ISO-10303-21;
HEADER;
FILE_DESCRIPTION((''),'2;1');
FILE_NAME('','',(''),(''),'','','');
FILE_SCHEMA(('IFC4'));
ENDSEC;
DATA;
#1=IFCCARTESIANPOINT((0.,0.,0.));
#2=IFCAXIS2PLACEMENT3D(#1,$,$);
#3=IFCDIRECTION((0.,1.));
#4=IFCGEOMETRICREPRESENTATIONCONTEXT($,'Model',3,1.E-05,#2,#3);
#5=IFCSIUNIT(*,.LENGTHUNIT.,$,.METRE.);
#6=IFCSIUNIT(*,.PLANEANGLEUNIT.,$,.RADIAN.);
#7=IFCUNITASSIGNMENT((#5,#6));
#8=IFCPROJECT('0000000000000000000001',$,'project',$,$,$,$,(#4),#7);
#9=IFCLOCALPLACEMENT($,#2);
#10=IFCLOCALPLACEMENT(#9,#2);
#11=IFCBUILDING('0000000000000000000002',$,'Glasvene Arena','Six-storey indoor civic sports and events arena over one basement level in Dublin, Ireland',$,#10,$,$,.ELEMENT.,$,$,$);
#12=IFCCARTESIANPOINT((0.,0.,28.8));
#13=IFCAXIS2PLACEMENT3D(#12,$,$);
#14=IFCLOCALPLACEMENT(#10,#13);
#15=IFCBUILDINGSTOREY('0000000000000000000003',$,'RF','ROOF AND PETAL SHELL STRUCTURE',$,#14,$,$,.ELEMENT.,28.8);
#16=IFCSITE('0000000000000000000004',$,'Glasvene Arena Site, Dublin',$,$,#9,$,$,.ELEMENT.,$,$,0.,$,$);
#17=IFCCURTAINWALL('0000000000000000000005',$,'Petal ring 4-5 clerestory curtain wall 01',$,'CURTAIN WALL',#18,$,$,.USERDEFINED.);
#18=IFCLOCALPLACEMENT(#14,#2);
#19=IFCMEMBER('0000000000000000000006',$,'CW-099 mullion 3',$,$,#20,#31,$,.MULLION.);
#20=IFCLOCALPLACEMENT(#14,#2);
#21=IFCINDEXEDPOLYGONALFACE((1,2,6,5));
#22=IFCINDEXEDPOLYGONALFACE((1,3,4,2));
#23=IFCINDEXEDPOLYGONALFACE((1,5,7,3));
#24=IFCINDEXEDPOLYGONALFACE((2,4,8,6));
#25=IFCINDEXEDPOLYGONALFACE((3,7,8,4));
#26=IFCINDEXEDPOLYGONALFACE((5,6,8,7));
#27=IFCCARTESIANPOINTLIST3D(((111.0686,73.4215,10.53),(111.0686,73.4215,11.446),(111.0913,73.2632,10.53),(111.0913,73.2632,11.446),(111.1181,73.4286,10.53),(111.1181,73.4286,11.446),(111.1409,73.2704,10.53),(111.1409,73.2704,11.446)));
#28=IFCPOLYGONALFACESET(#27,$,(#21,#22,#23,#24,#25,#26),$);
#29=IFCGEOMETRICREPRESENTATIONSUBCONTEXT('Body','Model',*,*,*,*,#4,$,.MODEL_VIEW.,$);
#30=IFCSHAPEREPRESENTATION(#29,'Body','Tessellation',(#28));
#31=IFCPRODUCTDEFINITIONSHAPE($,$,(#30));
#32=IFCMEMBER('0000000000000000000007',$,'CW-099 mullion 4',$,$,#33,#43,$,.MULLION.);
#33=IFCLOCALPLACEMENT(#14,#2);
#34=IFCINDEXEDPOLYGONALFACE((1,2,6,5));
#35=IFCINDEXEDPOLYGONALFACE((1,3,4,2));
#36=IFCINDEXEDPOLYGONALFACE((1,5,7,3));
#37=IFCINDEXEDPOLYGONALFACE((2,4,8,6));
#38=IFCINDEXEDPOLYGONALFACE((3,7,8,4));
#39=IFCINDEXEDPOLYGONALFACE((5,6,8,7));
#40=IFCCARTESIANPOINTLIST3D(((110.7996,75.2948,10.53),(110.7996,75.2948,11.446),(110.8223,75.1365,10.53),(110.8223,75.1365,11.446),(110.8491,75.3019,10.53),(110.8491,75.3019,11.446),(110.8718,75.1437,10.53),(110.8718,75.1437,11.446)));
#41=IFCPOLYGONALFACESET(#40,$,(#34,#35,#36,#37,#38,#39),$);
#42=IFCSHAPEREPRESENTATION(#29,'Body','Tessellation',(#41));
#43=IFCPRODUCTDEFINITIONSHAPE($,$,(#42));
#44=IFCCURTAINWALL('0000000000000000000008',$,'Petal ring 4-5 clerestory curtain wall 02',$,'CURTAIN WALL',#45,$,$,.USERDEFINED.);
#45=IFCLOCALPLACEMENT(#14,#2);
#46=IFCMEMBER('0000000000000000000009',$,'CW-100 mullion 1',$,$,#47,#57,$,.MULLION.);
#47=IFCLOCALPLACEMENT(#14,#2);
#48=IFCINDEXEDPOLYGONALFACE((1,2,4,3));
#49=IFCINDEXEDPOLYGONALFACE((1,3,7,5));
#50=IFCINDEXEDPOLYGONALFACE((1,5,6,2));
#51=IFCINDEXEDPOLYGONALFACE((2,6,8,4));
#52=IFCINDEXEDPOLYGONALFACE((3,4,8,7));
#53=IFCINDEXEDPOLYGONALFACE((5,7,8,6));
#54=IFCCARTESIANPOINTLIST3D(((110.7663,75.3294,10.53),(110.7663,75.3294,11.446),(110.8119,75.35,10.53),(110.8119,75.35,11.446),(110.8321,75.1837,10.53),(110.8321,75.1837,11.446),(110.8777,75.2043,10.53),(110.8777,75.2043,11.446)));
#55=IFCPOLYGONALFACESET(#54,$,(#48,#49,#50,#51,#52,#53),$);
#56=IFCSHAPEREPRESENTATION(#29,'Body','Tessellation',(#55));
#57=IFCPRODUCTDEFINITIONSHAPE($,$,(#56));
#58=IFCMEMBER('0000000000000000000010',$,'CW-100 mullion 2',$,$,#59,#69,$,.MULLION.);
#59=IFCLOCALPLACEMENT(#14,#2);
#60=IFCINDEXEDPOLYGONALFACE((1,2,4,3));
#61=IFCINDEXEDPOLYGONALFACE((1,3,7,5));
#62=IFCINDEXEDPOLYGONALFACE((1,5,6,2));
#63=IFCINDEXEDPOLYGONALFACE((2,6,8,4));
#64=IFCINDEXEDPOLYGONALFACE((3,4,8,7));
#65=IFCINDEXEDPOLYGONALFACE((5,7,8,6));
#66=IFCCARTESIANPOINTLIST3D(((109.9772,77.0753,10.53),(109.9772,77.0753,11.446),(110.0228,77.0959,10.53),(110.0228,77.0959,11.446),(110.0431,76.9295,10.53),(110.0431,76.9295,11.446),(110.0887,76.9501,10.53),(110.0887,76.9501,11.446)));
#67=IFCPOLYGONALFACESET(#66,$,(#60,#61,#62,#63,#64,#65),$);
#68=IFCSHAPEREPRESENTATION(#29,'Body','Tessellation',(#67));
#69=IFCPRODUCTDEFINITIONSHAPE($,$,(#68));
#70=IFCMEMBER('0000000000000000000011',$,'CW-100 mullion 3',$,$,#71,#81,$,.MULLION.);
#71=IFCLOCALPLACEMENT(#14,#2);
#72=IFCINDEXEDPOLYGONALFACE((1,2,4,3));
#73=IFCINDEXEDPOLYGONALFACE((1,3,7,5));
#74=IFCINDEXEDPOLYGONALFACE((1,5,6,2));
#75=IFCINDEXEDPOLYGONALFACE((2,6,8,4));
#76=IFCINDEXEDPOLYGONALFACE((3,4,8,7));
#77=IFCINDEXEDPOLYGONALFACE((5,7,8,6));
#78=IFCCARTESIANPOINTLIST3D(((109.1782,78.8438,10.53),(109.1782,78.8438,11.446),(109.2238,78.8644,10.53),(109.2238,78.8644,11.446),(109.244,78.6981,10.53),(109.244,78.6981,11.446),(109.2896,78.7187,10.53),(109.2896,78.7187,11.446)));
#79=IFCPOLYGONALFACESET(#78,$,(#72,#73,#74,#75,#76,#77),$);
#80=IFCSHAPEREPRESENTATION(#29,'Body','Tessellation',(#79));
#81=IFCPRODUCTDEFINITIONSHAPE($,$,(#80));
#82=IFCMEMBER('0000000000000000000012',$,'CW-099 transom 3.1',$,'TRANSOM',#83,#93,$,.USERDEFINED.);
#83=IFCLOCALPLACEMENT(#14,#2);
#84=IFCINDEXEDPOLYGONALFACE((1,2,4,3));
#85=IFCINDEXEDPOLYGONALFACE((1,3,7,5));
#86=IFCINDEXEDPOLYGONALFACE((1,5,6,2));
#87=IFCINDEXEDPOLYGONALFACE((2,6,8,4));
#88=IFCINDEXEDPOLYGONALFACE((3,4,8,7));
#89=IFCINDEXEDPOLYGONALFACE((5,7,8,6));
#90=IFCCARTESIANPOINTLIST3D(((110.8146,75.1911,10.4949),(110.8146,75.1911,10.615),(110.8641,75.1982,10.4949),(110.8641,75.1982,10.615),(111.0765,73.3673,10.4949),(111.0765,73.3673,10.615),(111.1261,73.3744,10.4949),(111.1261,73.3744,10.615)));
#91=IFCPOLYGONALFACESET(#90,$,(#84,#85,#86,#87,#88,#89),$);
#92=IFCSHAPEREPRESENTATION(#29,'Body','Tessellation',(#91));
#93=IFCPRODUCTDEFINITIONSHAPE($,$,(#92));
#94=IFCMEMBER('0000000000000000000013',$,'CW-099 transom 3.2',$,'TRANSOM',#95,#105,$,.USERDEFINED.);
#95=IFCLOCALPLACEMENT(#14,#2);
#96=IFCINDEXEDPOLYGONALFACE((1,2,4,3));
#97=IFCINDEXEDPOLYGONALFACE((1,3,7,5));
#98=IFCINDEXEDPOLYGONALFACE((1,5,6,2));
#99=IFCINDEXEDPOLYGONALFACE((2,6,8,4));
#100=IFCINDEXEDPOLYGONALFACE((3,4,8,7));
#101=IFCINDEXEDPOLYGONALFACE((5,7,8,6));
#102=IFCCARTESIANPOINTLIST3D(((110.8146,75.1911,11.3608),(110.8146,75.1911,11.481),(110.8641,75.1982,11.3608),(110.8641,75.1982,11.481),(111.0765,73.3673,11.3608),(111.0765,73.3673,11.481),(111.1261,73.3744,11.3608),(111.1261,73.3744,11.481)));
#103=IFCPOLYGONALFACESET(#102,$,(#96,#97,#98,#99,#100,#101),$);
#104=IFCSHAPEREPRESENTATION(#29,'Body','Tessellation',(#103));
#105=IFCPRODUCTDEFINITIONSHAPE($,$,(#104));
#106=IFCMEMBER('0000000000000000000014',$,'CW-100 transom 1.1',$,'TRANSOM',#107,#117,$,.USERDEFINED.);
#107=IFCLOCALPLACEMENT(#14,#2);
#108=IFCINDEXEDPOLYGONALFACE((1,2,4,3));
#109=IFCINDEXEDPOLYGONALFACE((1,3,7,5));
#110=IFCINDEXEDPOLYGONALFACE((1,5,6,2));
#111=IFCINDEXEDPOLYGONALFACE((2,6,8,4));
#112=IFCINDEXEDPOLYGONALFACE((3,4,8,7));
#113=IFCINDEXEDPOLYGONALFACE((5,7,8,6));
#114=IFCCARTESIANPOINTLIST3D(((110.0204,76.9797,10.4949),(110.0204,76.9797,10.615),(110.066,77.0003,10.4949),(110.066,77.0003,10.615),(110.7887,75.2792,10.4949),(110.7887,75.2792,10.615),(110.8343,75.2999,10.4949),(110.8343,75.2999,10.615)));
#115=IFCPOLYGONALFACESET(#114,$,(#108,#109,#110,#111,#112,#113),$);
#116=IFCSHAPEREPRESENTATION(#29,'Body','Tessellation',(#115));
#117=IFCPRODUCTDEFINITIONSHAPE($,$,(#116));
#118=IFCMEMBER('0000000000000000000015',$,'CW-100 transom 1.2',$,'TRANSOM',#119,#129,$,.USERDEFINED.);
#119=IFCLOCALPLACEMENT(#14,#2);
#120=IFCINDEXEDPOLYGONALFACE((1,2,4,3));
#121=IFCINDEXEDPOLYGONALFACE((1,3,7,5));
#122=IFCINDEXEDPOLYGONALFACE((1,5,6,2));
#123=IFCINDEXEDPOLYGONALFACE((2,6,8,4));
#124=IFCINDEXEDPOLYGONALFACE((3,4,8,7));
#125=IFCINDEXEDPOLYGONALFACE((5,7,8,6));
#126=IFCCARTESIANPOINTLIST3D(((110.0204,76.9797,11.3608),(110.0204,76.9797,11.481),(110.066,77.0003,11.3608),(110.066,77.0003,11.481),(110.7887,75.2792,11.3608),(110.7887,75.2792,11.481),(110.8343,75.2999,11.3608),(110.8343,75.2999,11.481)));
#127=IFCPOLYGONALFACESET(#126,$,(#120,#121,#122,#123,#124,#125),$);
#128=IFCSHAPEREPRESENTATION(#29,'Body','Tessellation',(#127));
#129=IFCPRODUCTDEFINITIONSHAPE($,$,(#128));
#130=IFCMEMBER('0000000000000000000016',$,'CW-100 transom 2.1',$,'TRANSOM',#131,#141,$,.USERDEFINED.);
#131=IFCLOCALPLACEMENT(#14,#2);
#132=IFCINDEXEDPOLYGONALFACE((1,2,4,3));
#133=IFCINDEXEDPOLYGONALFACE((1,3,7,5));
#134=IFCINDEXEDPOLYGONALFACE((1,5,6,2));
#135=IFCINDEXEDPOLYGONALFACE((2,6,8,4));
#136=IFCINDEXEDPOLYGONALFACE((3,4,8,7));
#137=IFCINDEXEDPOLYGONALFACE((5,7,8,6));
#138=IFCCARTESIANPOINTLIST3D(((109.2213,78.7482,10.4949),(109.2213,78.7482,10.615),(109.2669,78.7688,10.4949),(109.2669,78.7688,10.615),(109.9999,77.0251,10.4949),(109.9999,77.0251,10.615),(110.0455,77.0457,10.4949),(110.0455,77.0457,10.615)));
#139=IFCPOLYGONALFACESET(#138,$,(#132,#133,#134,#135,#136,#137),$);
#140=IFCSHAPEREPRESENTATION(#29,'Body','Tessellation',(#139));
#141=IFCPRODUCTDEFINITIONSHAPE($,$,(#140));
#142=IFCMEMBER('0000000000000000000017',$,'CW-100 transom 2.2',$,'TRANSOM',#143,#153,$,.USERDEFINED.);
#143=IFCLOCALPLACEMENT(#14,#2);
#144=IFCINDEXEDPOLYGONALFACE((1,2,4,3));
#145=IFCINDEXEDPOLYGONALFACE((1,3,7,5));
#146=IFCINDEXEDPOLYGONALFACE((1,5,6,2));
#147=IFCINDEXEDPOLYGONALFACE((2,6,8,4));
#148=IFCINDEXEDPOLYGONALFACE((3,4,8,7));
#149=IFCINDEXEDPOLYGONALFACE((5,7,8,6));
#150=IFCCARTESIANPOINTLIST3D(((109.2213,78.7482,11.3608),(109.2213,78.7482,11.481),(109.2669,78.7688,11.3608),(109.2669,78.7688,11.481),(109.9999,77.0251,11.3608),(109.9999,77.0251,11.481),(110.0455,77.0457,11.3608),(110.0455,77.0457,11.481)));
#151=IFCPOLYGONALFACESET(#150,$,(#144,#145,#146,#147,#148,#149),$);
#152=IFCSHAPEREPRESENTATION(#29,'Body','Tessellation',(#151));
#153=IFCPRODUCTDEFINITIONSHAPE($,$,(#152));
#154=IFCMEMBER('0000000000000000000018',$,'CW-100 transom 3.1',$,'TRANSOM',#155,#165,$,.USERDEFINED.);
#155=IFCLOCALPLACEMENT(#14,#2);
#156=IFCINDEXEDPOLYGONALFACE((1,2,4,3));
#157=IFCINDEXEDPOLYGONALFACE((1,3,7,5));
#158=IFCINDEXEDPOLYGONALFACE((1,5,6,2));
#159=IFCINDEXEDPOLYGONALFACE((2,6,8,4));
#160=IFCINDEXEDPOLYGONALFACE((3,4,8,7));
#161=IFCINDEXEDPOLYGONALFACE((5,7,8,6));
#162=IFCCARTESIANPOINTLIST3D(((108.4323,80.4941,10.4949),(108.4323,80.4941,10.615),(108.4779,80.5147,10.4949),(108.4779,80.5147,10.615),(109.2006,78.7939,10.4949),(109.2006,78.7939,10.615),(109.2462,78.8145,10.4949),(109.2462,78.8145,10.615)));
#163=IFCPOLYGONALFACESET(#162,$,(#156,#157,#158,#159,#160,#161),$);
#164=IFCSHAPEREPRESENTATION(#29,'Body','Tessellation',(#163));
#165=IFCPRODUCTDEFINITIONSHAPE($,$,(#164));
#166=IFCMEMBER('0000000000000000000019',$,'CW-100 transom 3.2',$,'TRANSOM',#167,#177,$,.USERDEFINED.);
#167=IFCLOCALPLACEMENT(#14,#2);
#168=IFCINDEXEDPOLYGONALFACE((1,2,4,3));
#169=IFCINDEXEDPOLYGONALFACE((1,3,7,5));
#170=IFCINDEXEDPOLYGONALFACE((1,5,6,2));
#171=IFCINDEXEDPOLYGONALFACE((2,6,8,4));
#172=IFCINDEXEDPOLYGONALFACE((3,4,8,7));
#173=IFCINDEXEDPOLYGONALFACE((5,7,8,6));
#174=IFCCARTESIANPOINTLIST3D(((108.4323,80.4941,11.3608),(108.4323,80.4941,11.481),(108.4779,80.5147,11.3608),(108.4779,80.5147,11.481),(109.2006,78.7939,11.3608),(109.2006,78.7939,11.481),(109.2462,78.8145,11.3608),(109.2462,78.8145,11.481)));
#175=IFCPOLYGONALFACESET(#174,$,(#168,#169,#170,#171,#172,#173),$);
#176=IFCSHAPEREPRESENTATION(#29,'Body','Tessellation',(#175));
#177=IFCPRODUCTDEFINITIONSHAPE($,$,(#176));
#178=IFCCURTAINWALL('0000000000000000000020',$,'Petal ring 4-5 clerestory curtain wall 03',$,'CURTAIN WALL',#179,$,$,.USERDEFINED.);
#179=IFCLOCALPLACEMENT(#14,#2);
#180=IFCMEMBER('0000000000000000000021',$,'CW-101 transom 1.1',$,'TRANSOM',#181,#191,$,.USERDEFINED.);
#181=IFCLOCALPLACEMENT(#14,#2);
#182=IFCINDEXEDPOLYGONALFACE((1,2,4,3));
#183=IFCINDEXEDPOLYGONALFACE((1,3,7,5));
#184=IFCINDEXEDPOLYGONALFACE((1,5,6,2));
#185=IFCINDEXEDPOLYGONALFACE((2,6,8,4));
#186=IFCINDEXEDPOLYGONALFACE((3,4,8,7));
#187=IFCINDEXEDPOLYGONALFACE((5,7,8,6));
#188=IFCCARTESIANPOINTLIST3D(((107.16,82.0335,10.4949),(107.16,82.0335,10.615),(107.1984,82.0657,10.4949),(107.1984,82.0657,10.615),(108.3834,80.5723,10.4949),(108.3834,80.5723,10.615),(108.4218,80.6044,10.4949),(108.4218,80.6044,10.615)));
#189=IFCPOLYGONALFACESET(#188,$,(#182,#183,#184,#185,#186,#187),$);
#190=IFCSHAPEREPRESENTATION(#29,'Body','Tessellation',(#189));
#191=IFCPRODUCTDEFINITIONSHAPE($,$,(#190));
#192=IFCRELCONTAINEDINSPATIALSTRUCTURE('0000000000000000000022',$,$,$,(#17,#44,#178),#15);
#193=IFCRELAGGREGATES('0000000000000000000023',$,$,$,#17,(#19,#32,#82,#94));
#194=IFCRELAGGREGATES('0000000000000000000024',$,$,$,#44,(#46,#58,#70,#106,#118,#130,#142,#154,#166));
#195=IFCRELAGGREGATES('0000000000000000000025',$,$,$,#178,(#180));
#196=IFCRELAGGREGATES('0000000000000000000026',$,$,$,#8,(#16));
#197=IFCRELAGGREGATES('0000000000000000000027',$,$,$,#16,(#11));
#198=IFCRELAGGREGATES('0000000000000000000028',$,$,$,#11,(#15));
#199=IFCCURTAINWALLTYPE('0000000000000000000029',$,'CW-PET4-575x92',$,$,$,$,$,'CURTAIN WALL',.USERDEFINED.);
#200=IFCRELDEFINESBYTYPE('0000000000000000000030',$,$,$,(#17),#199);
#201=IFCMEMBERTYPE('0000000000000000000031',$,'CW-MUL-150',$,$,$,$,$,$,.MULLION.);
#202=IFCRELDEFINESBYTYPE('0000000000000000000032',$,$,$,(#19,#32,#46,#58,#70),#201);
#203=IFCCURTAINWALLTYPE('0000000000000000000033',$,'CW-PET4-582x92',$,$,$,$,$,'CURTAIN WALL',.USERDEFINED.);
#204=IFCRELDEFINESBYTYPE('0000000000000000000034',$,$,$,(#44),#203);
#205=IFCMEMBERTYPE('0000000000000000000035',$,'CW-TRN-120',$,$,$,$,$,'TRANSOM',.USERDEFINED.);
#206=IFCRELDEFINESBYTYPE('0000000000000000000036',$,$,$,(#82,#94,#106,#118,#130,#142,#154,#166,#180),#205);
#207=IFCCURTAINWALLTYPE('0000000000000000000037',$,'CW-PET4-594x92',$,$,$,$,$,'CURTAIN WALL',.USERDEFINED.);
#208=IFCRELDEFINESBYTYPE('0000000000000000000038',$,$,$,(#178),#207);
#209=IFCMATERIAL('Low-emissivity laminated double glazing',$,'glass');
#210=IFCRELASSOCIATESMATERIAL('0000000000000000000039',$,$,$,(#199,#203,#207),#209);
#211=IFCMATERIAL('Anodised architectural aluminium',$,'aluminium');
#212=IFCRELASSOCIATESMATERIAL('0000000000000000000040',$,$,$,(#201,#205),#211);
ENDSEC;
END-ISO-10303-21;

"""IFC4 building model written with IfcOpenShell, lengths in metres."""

from ifc_helpers import new_model, si_unit, direction, frame, origin, origin_2d, place, context, subcontext, project, spatial, rectangle, extrude, material, material_profile, profile_set, type_object, element, aggregate, save


model = new_model("IFC4")

# Units and contexts
model_context = context("Model", 3, precision=1e-05, world=origin(), true_north=direction((0.0, 1.0)))
body_context = subcontext(model_context, "Body", "Model", "MODEL_VIEW")
ifc_project = project(units=[si_unit("LENGTHUNIT", "METRE"), si_unit("PLANEANGLEUNIT", "RADIAN")], contexts=[model_context])

# Site, building, storey
site_placement = place(None, origin())
site = spatial("IfcSite", under=ifc_project, at=site_placement, Name="Glasvene Arena Site, Dublin", CompositionType="ELEMENT", RefElevation=0.0)
building_placement = place(site_placement, origin())
building = spatial("IfcBuilding", under=site, at=building_placement, Name="Glasvene Arena", Description="Six-storey indoor civic sports and events arena over one basement level in Dublin, Ireland", CompositionType="ELEMENT")
storey_placement = place(building_placement, frame((0.0, 0.0, 28.8)))
storey = spatial("IfcBuildingStorey", under=building, at=storey_placement, Name="RF", Description="ROOF AND PETAL SHELL STRUCTURE", CompositionType="ELEMENT", Elevation=28.8)

# Curtain walls, members
ifc_material_1 = material(Name="Low-emissivity laminated double glazing", Category="glass")
curtain_wall_type_1 = type_object("IfcCurtainWallType", Name="CW-PET4-575x92", ElementType="CURTAIN WALL", PredefinedType="USERDEFINED", material=ifc_material_1)
curtain_wall_1_placement = place(storey_placement, frame((111.6499, 69.55, 0.0)))
curtain_wall_1 = element("IfcCurtainWall", 1, at=curtain_wall_1_placement, inside=storey, type_object=curtain_wall_type_1, Name="Petal ring 4-5 clerestory curtain wall 01", ObjectType="CURTAIN WALL", PredefinedType="USERDEFINED")
ifc_material_2 = material(Name="Anodised architectural aluminium", Category="aluminium")
ifc_material_profile_1 = material_profile(ifc_material_2, rectangle(XDim=0.05, YDim=0.1599, at=origin_2d()), Name="ALU MULLION 50x160")
ifc_profile_set_1 = profile_set([ifc_material_profile_1], Name="Anodised architectural aluminium")
member_type_1 = type_object("IfcMemberType", Name="CW-MUL-150", PredefinedType="MULLION", material=ifc_profile_set_1)
member_1_placement = place(storey_placement, frame((111.1047, 73.3459, 10.53), z_axis=(0.0, 0.0, 1.0), x_axis=(-0.989843, -0.142166, 0.0)))
member_1 = element("IfcMember", 2, at=member_1_placement, type_object=member_type_1, Name="CW-099 mullion 3", PredefinedType="MULLION", context=body_context, shape_type="SweptSolid", body=[
    extrude(rectangle(XDim=0.05, YDim=0.1599, at=origin_2d()), origin(), (0.0, 0.0, 1.0), 0.916),
])
member_2_placement = place(storey_placement, frame((110.8357, 75.2192, 10.53), z_axis=(0.0, 0.0, 1.0), x_axis=(-0.989843, -0.142166, 0.0)))
member_2 = element("IfcMember", 3, at=member_2_placement, type_object=member_type_1, Name="CW-099 mullion 4", PredefinedType="MULLION", context=body_context, shape_type="SweptSolid", body=[
    extrude(rectangle(XDim=0.05, YDim=0.1599, at=origin_2d()), origin(), (0.0, 0.0, 1.0), 0.916),
])
curtain_wall_type_2 = type_object("IfcCurtainWallType", Name="CW-PET4-582x92", ElementType="CURTAIN WALL", PredefinedType="USERDEFINED", material=ifc_material_1)
curtain_wall_2_placement = place(storey_placement, frame((110.8323, 75.2439, 0.0)))
curtain_wall_2 = element("IfcCurtainWall", 4, at=curtain_wall_2_placement, inside=storey, type_object=curtain_wall_type_2, Name="Petal ring 4-5 clerestory curtain wall 02", ObjectType="CURTAIN WALL", PredefinedType="USERDEFINED")
member_3_placement = place(storey_placement, frame((110.822, 75.2668, 10.53), z_axis=(0.0, 0.0, 1.0), x_axis=(-0.911284, -0.411778, 0.0)))
member_3 = element("IfcMember", 5, at=member_3_placement, type_object=member_type_1, Name="CW-100 mullion 1", PredefinedType="MULLION", context=body_context, shape_type="SweptSolid", body=[
    extrude(rectangle(XDim=0.05, YDim=0.1599, at=origin_2d()), origin(), (0.0, 0.0, 1.0), 0.916),
])
member_4_placement = place(storey_placement, frame((110.033, 77.0127, 10.53), z_axis=(0.0, 0.0, 1.0), x_axis=(-0.911284, -0.411778, 0.0)))
member_4 = element("IfcMember", 6, at=member_4_placement, type_object=member_type_1, Name="CW-100 mullion 2", PredefinedType="MULLION", context=body_context, shape_type="SweptSolid", body=[
    extrude(rectangle(XDim=0.05, YDim=0.1599, at=origin_2d()), origin(), (0.0, 0.0, 1.0), 0.916),
])
member_5_placement = place(storey_placement, frame((109.2339, 78.7812, 10.53), z_axis=(0.0, 0.0, 1.0), x_axis=(-0.911284, -0.411778, 0.0)))
member_5 = element("IfcMember", 7, at=member_5_placement, type_object=member_type_1, Name="CW-100 mullion 3", PredefinedType="MULLION", context=body_context, shape_type="SweptSolid", body=[
    extrude(rectangle(XDim=0.05, YDim=0.1599, at=origin_2d()), origin(), (0.0, 0.0, 1.0), 0.916),
])

# Members
ifc_material_profile_2 = material_profile(ifc_material_2, rectangle(XDim=0.05, YDim=0.1201, at=origin_2d()), Name="ALU TRANSOM 50x120")
ifc_profile_set_2 = profile_set([ifc_material_profile_2], Name="Anodised architectural aluminium")
member_type_2 = type_object("IfcMemberType", Name="CW-TRN-120", ElementType="TRANSOM", PredefinedType="USERDEFINED", material=ifc_profile_set_2)
member_6_placement = place(storey_placement, frame((111.1013, 73.3708, 10.5549), z_axis=(-0.142182, 0.989841, 0.0), x_axis=(-0.989841, -0.142182, 0.0)))
member_6 = element("IfcMember", 8, at=member_6_placement, type_object=member_type_2, Name="CW-099 transom 3.1", ObjectType="TRANSOM", PredefinedType="USERDEFINED", context=body_context, shape_type="SweptSolid", body=[
    extrude(rectangle(XDim=0.05, YDim=0.1201, at=origin_2d()), origin(), (0.0, 0.0, 1.0), 1.8425),
])
member_7_placement = place(storey_placement, frame((111.1013, 73.3708, 11.4209), z_axis=(-0.142182, 0.989841, 0.0), x_axis=(-0.989841, -0.142182, 0.0)))
member_7 = element("IfcMember", 9, at=member_7_placement, type_object=member_type_2, Name="CW-099 transom 3.2", ObjectType="TRANSOM", PredefinedType="USERDEFINED", context=body_context, shape_type="SweptSolid", body=[
    extrude(rectangle(XDim=0.05, YDim=0.1201, at=origin_2d()), origin(), (0.0, 0.0, 1.0), 1.8425),
])
member_8_placement = place(storey_placement, frame((110.8115, 75.2896, 10.5549), z_axis=(-0.411751, 0.911296, 0.0), x_axis=(-0.911296, -0.411751, 0.0)))
member_8 = element("IfcMember", 10, at=member_8_placement, type_object=member_type_2, Name="CW-100 transom 1.1", ObjectType="TRANSOM", PredefinedType="USERDEFINED", context=body_context, shape_type="SweptSolid", body=[
    extrude(rectangle(XDim=0.05, YDim=0.1201, at=origin_2d()), origin(), (0.0, 0.0, 1.0), 1.866),
])
member_9_placement = place(storey_placement, frame((110.8115, 75.2896, 11.4209), z_axis=(-0.411751, 0.911296, 0.0), x_axis=(-0.911296, -0.411751, 0.0)))
member_9 = element("IfcMember", 11, at=member_9_placement, type_object=member_type_2, Name="CW-100 transom 1.2", ObjectType="TRANSOM", PredefinedType="USERDEFINED", context=body_context, shape_type="SweptSolid", body=[
    extrude(rectangle(XDim=0.05, YDim=0.1201, at=origin_2d()), origin(), (0.0, 0.0, 1.0), 1.866),
])
member_10_placement = place(storey_placement, frame((110.0227, 77.0354, 10.5549), z_axis=(-0.411749, 0.911297, 0.0), x_axis=(-0.911297, -0.411749, 0.0)))
member_10 = element("IfcMember", 12, at=member_10_placement, type_object=member_type_2, Name="CW-100 transom 2.1", ObjectType="TRANSOM", PredefinedType="USERDEFINED", context=body_context, shape_type="SweptSolid", body=[
    extrude(rectangle(XDim=0.05, YDim=0.1201, at=origin_2d()), origin(), (0.0, 0.0, 1.0), 1.8909),
])
member_11_placement = place(storey_placement, frame((110.0227, 77.0354, 11.4209), z_axis=(-0.411749, 0.911297, 0.0), x_axis=(-0.911297, -0.411749, 0.0)))
member_11 = element("IfcMember", 13, at=member_11_placement, type_object=member_type_2, Name="CW-100 transom 2.2", ObjectType="TRANSOM", PredefinedType="USERDEFINED", context=body_context, shape_type="SweptSolid", body=[
    extrude(rectangle(XDim=0.05, YDim=0.1201, at=origin_2d()), origin(), (0.0, 0.0, 1.0), 1.8909),
])
member_12_placement = place(storey_placement, frame((109.2234, 78.8042, 10.5549), z_axis=(-0.411801, 0.911274, 0.0), x_axis=(-0.911274, -0.411801, 0.0)))
member_12 = element("IfcMember", 14, at=member_12_placement, type_object=member_type_2, Name="CW-100 transom 3.1", ObjectType="TRANSOM", PredefinedType="USERDEFINED", context=body_context, shape_type="SweptSolid", body=[
    extrude(rectangle(XDim=0.05, YDim=0.1201, at=origin_2d()), origin(), (0.0, 0.0, 1.0), 1.8657),
])
member_13_placement = place(storey_placement, frame((109.2234, 78.8042, 11.4209), z_axis=(-0.411801, 0.911274, 0.0), x_axis=(-0.911274, -0.411801, 0.0)))
member_13 = element("IfcMember", 15, at=member_13_placement, type_object=member_type_2, Name="CW-100 transom 3.2", ObjectType="TRANSOM", PredefinedType="USERDEFINED", context=body_context, shape_type="SweptSolid", body=[
    extrude(rectangle(XDim=0.05, YDim=0.1201, at=origin_2d()), origin(), (0.0, 0.0, 1.0), 1.8657),
])

# Curtain wall, member
curtain_wall_type_3 = type_object("IfcCurtainWallType", Name="CW-PET4-594x92", ElementType="CURTAIN WALL", PredefinedType="USERDEFINED", material=ifc_material_1)
curtain_wall_3_placement = place(storey_placement, frame((108.4346, 80.55, 0.0)))
curtain_wall_3 = element("IfcCurtainWall", 16, at=curtain_wall_3_placement, inside=storey, type_object=curtain_wall_type_3, Name="Petal ring 4-5 clerestory curtain wall 03", ObjectType="CURTAIN WALL", PredefinedType="USERDEFINED")
member_14_placement = place(storey_placement, frame((108.4026, 80.5884, 10.5549), z_axis=(-0.641959, 0.766739, 0.0), x_axis=(-0.766739, -0.641959, 0.0)))
member_14 = element("IfcMember", 17, at=member_14_placement, type_object=member_type_2, Name="CW-101 transom 1.1", ObjectType="TRANSOM", PredefinedType="USERDEFINED", context=body_context, shape_type="SweptSolid", body=[
    extrude(rectangle(XDim=0.05, YDim=0.1201, at=origin_2d()), origin(), (0.0, 0.0, 1.0), 1.9058),
])

aggregate(curtain_wall_1, [member_1, member_2, member_6, member_7])
aggregate(curtain_wall_2, [member_3, member_4, member_5, member_8, member_9, member_10, member_11, member_12, member_13])
aggregate(curtain_wall_3, [member_14])

save(model, "model.ifc")
